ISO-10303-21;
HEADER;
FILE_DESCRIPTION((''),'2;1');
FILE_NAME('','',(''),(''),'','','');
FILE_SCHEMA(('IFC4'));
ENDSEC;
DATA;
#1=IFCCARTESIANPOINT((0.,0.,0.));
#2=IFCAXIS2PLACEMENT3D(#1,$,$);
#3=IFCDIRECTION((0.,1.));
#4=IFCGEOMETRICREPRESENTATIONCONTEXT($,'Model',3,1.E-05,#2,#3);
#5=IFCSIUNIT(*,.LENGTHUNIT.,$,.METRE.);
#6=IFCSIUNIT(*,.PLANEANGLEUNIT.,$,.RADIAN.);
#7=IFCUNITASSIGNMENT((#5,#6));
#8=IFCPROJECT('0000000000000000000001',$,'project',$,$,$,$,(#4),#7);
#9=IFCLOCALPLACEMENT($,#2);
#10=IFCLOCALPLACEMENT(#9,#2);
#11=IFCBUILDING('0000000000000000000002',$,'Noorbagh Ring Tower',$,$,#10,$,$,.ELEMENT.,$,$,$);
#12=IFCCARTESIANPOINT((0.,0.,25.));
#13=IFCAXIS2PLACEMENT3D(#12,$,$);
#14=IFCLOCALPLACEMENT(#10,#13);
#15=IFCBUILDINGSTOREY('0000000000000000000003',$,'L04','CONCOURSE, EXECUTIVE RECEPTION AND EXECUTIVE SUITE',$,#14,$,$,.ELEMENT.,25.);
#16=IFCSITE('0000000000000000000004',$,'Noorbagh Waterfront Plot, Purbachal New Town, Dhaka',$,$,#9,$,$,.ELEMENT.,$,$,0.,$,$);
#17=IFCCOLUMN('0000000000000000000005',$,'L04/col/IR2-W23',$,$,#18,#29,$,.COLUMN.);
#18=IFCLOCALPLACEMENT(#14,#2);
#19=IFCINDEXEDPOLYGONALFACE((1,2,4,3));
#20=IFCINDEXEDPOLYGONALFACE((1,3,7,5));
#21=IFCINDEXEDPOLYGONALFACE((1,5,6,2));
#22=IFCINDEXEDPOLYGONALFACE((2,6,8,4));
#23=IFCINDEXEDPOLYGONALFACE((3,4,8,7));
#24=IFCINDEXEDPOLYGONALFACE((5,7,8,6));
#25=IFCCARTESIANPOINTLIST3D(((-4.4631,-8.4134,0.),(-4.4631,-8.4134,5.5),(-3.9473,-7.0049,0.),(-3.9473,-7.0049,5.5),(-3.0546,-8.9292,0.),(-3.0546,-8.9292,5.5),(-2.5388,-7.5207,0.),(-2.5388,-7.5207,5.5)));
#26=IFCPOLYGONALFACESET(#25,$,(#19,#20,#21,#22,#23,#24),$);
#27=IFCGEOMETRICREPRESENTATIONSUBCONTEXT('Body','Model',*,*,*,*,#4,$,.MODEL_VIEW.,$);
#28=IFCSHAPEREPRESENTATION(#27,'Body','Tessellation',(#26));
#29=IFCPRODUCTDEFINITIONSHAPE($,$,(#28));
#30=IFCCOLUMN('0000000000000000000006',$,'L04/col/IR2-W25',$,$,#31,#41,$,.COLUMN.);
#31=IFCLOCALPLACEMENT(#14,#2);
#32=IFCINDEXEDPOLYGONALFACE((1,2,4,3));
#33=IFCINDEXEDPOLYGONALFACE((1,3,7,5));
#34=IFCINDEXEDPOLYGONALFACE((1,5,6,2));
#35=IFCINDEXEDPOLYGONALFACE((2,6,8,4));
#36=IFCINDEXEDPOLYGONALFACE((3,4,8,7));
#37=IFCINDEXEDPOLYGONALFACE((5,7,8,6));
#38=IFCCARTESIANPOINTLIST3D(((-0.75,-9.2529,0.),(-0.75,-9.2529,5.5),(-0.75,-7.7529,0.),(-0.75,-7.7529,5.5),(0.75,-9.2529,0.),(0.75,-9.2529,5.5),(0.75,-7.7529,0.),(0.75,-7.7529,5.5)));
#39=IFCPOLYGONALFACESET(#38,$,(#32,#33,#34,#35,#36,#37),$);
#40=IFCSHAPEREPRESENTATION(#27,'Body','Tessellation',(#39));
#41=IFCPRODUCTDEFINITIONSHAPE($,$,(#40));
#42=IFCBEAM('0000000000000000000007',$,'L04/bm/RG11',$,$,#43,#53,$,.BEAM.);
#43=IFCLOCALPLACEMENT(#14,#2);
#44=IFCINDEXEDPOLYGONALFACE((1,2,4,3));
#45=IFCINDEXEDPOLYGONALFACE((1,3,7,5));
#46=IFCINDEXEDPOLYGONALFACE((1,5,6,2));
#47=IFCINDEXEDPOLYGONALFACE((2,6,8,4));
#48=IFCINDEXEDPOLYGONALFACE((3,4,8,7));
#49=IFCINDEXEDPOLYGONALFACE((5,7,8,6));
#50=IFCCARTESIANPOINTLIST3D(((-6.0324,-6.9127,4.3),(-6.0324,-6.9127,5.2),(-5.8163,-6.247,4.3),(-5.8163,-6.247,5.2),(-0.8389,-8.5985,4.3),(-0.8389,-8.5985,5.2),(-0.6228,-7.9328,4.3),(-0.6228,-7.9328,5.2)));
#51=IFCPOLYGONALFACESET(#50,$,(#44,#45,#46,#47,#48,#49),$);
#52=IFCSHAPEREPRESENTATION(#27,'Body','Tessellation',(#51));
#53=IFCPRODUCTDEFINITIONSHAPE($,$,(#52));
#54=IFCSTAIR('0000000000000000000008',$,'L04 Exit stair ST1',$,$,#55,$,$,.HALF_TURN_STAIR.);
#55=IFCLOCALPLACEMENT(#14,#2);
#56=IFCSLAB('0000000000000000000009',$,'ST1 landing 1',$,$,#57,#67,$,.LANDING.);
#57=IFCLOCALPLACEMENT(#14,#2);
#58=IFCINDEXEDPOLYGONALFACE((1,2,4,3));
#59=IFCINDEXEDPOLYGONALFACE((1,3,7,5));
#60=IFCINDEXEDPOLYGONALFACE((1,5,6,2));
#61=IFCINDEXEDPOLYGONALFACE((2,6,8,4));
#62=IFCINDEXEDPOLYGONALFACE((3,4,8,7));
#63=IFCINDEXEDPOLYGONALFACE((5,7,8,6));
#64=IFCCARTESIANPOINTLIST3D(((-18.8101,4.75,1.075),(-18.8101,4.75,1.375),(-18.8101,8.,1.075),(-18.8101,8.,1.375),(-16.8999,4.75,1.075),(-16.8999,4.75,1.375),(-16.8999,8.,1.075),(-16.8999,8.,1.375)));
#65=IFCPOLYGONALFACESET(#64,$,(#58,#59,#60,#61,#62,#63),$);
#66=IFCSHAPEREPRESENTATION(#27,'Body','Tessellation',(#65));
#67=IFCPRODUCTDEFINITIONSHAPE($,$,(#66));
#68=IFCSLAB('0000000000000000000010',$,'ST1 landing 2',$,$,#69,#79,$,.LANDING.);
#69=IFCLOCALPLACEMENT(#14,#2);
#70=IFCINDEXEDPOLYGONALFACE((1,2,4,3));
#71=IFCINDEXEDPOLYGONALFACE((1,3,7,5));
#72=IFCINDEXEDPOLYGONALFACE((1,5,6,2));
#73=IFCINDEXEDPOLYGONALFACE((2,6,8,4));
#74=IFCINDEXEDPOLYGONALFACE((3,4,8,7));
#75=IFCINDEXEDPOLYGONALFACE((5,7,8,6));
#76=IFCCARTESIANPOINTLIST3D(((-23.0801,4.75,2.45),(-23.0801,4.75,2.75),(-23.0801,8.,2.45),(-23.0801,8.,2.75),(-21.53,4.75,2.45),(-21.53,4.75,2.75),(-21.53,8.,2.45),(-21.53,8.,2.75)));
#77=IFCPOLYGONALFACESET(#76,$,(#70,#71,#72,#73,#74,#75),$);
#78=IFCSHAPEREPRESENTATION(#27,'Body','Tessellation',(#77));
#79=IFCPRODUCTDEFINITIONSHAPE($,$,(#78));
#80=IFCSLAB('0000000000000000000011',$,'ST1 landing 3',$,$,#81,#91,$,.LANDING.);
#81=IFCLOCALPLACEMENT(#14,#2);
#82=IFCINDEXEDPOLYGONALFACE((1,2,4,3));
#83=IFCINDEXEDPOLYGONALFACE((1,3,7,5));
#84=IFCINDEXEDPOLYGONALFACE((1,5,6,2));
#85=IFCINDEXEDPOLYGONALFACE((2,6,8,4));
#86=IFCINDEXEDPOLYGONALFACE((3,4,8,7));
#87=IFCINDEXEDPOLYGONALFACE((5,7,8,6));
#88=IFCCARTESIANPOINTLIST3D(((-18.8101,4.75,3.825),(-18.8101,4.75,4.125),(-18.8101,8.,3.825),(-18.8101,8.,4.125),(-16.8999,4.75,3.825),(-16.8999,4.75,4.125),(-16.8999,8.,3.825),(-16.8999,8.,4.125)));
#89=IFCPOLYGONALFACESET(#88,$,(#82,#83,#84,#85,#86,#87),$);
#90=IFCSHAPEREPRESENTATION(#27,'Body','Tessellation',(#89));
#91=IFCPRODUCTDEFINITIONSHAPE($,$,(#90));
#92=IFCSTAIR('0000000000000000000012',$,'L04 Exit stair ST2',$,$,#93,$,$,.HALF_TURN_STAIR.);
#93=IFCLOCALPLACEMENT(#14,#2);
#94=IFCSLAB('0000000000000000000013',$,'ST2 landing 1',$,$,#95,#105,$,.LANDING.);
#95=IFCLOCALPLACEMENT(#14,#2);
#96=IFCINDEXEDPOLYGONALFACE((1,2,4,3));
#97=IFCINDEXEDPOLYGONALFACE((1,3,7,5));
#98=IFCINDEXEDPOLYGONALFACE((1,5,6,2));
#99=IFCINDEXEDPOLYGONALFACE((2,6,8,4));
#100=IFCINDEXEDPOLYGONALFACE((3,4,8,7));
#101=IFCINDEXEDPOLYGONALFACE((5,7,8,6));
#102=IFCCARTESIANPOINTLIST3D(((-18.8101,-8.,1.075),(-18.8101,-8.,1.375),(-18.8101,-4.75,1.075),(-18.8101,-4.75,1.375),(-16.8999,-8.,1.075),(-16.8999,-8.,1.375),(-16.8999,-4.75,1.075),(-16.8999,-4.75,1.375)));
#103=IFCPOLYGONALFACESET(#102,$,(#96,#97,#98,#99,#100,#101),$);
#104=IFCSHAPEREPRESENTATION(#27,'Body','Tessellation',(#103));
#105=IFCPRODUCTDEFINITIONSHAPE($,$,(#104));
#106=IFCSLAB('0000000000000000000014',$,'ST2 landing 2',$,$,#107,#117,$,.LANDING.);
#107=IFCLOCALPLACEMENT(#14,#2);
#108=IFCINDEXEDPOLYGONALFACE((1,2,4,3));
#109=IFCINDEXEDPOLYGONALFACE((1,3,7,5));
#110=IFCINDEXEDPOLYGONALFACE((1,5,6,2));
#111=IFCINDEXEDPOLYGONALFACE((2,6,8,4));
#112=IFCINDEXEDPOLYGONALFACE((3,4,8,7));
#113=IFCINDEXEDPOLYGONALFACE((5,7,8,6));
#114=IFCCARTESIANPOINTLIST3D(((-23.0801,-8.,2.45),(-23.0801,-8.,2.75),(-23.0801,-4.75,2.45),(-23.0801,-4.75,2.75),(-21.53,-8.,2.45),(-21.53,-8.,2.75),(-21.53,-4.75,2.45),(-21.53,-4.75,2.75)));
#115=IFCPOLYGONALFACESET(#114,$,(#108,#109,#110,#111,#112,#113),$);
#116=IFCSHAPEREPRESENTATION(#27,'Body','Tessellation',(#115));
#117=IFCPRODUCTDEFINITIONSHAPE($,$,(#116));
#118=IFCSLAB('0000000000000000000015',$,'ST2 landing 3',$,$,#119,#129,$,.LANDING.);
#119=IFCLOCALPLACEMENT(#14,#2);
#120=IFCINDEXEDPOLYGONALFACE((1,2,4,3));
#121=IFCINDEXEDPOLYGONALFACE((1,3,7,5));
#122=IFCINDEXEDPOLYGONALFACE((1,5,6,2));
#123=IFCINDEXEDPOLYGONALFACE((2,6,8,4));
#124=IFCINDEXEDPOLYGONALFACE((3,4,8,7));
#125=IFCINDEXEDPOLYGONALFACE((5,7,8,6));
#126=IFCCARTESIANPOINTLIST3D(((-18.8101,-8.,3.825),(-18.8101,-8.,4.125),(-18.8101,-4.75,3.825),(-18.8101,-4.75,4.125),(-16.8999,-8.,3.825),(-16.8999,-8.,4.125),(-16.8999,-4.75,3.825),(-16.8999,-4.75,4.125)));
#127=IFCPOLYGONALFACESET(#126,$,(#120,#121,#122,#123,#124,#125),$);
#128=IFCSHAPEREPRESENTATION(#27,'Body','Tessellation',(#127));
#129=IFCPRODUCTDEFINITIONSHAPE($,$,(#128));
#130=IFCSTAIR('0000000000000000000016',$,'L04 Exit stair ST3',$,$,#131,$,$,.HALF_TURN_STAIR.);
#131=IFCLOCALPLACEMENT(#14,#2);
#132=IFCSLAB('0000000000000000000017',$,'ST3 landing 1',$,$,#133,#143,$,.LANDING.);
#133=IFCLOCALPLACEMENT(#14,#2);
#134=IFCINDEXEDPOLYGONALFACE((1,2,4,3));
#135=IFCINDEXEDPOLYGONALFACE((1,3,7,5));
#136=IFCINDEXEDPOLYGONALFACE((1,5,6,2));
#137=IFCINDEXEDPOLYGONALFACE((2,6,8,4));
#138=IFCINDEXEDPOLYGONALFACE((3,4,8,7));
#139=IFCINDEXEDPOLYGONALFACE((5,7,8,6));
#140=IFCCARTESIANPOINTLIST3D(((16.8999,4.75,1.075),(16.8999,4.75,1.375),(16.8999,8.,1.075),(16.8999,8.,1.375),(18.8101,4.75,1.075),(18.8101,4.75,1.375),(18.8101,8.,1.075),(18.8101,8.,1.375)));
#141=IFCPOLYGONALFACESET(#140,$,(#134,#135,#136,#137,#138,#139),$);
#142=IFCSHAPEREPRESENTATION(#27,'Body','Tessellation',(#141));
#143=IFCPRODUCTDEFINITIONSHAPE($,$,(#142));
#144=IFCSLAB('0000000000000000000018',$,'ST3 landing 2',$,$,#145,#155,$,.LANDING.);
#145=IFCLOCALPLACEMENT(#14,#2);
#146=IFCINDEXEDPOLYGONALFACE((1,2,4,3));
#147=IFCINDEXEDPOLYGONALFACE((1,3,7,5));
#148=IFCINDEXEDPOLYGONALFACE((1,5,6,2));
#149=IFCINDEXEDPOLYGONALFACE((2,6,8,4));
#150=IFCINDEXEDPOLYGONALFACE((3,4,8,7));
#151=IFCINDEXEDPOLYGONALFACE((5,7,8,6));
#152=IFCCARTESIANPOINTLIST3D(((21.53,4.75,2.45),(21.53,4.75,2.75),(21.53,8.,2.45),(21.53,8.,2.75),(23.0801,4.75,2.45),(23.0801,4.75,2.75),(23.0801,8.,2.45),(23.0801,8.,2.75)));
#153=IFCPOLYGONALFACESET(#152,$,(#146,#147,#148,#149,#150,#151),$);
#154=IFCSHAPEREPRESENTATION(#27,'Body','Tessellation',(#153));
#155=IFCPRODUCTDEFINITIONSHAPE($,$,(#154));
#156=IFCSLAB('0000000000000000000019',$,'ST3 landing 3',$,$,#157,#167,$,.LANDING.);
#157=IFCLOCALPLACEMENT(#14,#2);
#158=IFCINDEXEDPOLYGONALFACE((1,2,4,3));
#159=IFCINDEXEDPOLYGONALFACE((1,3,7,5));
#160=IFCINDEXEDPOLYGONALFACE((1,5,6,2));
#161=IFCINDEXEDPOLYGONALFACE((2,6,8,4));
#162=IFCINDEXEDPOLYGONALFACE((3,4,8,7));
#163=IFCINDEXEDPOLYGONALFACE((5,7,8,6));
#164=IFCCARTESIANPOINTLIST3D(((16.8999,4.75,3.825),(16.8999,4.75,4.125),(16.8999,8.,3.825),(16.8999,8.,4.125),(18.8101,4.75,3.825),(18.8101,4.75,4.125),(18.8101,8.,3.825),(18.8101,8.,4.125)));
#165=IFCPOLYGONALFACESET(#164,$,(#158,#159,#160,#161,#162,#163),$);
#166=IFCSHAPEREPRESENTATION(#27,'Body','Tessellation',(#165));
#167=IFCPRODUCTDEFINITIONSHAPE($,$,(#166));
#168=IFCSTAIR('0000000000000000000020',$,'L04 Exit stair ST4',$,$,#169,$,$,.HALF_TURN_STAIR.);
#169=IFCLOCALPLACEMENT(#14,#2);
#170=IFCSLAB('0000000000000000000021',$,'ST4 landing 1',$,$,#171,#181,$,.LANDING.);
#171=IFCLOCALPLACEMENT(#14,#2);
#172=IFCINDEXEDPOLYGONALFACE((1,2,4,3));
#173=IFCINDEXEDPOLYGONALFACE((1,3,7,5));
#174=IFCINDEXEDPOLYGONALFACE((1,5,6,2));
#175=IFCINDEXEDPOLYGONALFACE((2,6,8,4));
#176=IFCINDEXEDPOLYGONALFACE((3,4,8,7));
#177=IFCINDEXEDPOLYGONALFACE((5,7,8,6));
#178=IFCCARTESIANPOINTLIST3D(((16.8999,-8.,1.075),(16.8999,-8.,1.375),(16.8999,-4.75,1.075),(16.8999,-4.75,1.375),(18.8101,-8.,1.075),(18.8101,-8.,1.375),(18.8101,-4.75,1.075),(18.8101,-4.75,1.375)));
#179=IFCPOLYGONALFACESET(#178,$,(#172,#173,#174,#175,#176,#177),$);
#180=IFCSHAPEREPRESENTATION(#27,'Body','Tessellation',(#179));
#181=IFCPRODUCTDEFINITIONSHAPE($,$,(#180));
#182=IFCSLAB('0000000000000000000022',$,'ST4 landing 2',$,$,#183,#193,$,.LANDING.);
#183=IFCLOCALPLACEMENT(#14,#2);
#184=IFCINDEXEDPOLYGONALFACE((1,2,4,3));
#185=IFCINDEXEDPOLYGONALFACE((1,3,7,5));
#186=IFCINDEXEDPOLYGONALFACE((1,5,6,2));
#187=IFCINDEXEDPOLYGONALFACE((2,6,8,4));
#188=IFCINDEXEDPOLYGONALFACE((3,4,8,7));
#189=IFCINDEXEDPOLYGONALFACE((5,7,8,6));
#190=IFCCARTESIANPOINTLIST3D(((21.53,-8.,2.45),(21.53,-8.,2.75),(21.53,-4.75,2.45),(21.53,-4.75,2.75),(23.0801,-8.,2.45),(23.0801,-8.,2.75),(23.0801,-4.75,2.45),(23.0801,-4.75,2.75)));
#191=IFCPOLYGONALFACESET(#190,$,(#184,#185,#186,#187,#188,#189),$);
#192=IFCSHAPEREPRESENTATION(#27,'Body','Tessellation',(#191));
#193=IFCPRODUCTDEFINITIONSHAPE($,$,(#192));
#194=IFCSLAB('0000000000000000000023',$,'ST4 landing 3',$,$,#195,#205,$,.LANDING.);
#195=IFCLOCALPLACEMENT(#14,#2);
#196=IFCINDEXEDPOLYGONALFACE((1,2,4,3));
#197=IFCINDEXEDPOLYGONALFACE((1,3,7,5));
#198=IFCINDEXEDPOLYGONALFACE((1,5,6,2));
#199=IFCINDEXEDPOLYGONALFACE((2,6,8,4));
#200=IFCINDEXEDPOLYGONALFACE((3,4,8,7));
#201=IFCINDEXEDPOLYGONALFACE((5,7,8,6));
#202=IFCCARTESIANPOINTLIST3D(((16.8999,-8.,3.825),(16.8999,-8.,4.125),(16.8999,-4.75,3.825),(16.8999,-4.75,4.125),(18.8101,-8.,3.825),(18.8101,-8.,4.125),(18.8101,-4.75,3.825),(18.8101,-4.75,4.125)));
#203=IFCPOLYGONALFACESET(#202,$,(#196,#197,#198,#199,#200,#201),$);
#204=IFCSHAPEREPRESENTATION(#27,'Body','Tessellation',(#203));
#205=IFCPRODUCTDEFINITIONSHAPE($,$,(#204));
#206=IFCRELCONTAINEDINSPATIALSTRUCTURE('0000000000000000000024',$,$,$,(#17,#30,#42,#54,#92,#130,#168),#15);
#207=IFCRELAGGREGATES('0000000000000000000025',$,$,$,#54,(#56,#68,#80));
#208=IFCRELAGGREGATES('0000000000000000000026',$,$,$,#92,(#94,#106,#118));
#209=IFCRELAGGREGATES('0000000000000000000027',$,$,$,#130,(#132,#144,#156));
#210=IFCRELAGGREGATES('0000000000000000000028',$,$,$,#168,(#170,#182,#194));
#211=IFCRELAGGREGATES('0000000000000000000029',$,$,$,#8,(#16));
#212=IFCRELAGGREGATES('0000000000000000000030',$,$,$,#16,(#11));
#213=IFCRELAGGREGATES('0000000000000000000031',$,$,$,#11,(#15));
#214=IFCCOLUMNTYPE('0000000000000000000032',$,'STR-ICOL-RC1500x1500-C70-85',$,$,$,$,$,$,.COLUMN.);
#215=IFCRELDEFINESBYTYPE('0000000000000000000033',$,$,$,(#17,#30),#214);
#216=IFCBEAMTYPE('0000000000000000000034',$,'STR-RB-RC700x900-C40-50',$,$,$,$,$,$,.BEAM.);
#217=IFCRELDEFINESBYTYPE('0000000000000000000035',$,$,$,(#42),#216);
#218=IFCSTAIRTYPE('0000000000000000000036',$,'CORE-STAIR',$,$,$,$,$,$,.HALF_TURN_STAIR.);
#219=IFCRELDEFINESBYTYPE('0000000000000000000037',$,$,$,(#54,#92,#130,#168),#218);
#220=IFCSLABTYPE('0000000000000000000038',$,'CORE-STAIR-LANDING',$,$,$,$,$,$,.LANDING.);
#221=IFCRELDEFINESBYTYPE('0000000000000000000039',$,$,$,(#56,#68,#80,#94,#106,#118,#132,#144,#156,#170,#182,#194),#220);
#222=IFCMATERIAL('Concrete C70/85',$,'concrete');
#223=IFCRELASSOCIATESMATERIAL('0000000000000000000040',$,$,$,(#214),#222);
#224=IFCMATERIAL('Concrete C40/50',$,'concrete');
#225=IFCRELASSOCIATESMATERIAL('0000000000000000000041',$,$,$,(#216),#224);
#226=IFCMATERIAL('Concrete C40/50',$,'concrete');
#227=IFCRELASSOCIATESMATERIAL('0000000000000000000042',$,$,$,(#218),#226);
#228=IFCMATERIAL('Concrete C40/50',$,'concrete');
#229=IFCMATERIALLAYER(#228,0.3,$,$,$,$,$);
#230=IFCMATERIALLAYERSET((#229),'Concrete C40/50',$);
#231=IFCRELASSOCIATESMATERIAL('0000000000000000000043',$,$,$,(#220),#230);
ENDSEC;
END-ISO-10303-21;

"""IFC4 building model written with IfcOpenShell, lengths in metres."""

from ifc_helpers import new_model, si_unit, direction, frame, origin, origin_2d, place, context, subcontext, project, spatial, polyline, rectangle, outline, extrude, material, layer, layer_set, material_profile, profile_set, type_object, element, aggregate, save


model = new_model("IFC4")

# Units and contexts
model_context = context("Model", 3, precision=1e-05, world=origin(), true_north=direction((0.0, 1.0)))
body_context = subcontext(model_context, "Body", "Model", "MODEL_VIEW")
ifc_project = project(units=[si_unit("LENGTHUNIT", "METRE"), si_unit("PLANEANGLEUNIT", "RADIAN")], contexts=[model_context])

# Site, building, storey
site_placement = place(None, origin())
site = spatial("IfcSite", under=ifc_project, at=site_placement, Name="Noorbagh Waterfront Plot, Purbachal New Town, Dhaka", CompositionType="ELEMENT", RefElevation=0.0)
building_placement = place(site_placement, origin())
building = spatial("IfcBuilding", under=site, at=building_placement, Name="Noorbagh Ring Tower", CompositionType="ELEMENT")
storey_placement = place(building_placement, frame((0.0, 0.0, 25.0)))
storey = spatial("IfcBuildingStorey", under=building, at=storey_placement, Name="L04", Description="CONCOURSE, EXECUTIVE RECEPTION AND EXECUTIVE SUITE", CompositionType="ELEMENT", Elevation=25.0)

# Columns
ifc_material_1 = material(Name="Concrete C70/85", Category="concrete")
ifc_material_profile_1 = material_profile(ifc_material_1, rectangle(XDim=1.5, YDim=1.5, at=origin_2d()), Name="RC1500x1500")
ifc_profile_set_1 = profile_set([ifc_material_profile_1], Name="Concrete C70/85")
column_type = type_object("IfcColumnType", Name="STR-ICOL-RC1500x1500-C70-85", PredefinedType="COLUMN", material=ifc_profile_set_1)
for number, where, z_axis, x_axis, name in (
    (1, (-3.501, -7.967, 0.0), (0.0, 0.0, 1.0), (0.93902, -0.343864, 0.0), "L04/col/IR2-W23"),
    (2, (0.0, -8.5029, 0.0), (0.0, 0.0, 1.0), (1.0, 0.0, 0.0), "L04/col/IR2-W25"),
):
    element("IfcColumn", number, at=place(storey_placement, frame(where, z_axis=z_axis, x_axis=x_axis)), inside=storey, type_object=column_type, Name=name, PredefinedType="COLUMN", context=body_context, shape_type="SweptSolid", body=[
        extrude(rectangle(XDim=1.5, YDim=1.5, at=origin_2d()), origin(), (0.0, 0.0, 1.0), 5.5),
    ])

# Beam
ifc_material_2 = material(Name="Concrete C40/50", Category="concrete")
ifc_material_profile_2 = material_profile(ifc_material_2, rectangle(XDim=0.7, YDim=0.8999, at=origin_2d()), Name="RC700x900")
ifc_profile_set_2 = profile_set([ifc_material_profile_2], Name="Concrete C40/50")
beam_type = type_object("IfcBeamType", Name="STR-RB-RC700x900-C40-50", PredefinedType="BEAM", material=ifc_profile_set_2)
beam_placement = place(storey_placement, frame((-5.9243, -6.5798, 4.75), z_axis=(0.951144, -0.308746, 0.0), x_axis=(0.308746, 0.951144, 0.0)))
element("IfcBeam", 3, at=beam_placement, inside=storey, type_object=beam_type, Name="L04/bm/RG11", PredefinedType="BEAM", context=body_context, shape_type="SweptSolid", body=[
    extrude(rectangle(XDim=0.7, YDim=0.8999, at=origin_2d()), origin(), (0.0, 0.0, 1.0), 5.4602),
])

# Stairs, slabs
ifc_material_3 = material(Name="Concrete C40/50", Category="concrete")
stair_type = type_object("IfcStairType", Name="CORE-STAIR", PredefinedType="HALF_TURN_STAIR", material=ifc_material_3)
stair_1_placement = place(storey_placement, origin())
stair_1 = element("IfcStair", 4, at=stair_1_placement, inside=storey, type_object=stair_type, Name="L04 Exit stair ST1", PredefinedType="HALF_TURN_STAIR")
ifc_material_4 = material(Name="Concrete C40/50", Category="concrete")
ifc_layer_1 = layer(ifc_material_4, 0.3)
ifc_layer_set_1 = layer_set([ifc_layer_1], Name="Concrete C40/50")
slab_type_1 = type_object("IfcSlabType", Name="CORE-STAIR-LANDING", PredefinedType="LANDING", material=ifc_layer_set_1)
slab_1_placement = place(storey_placement, frame((0.0, 0.0, 1.075)))
slab_1 = element("IfcSlab", 5, at=slab_1_placement, type_object=slab_type_1, Name="ST1 landing 1", PredefinedType="LANDING", context=body_context, shape_type="SweptSolid", body=[
    extrude(outline(polyline([(-18.8101, 4.75), (-16.8999, 4.75), (-16.8999, 8.0), (-18.8101, 8.0), (-18.8101, 4.75)])), origin(), (0.0, 0.0, 1.0), 0.3),
])
slab_2_placement = place(storey_placement, frame((0.0, 0.0, 2.45)))
slab_2 = element("IfcSlab", 6, at=slab_2_placement, type_object=slab_type_1, Name="ST1 landing 2", PredefinedType="LANDING", context=body_context, shape_type="SweptSolid", body=[
    extrude(outline(polyline([(-23.0801, 4.75), (-21.53, 4.75), (-21.53, 8.0), (-23.0801, 8.0), (-23.0801, 4.75)])), origin(), (0.0, 0.0, 1.0), 0.3),
])
slab_3_placement = place(storey_placement, frame((0.0, 0.0, 3.825)))
slab_3 = element("IfcSlab", 7, at=slab_3_placement, type_object=slab_type_1, Name="ST1 landing 3", PredefinedType="LANDING", context=body_context, shape_type="SweptSolid", body=[
    extrude(outline(polyline([(-18.8101, 4.75), (-16.8999, 4.75), (-16.8999, 8.0), (-18.8101, 8.0), (-18.8101, 4.75)])), origin(), (0.0, 0.0, 1.0), 0.3),
])
aggregate(stair_1, [slab_1, slab_2, slab_3])
stair_2_placement = place(storey_placement, origin())
stair_2 = element("IfcStair", 8, at=stair_2_placement, inside=storey, type_object=stair_type, Name="L04 Exit stair ST2", PredefinedType="HALF_TURN_STAIR")
slab_4_placement = place(storey_placement, frame((0.0, 0.0, 1.075)))
slab_4 = element("IfcSlab", 9, at=slab_4_placement, type_object=slab_type_1, Name="ST2 landing 1", PredefinedType="LANDING", context=body_context, shape_type="SweptSolid", body=[
    extrude(outline(polyline([(-18.8101, -8.0), (-16.8999, -8.0), (-16.8999, -4.75), (-18.8101, -4.75), (-18.8101, -8.0)])), origin(), (0.0, 0.0, 1.0), 0.3),
])
slab_5_placement = place(storey_placement, frame((0.0, 0.0, 2.45)))
slab_5 = element("IfcSlab", 10, at=slab_5_placement, type_object=slab_type_1, Name="ST2 landing 2", PredefinedType="LANDING", context=body_context, shape_type="SweptSolid", body=[
    extrude(outline(polyline([(-23.0801, -8.0), (-21.53, -8.0), (-21.53, -4.75), (-23.0801, -4.75), (-23.0801, -8.0)])), origin(), (0.0, 0.0, 1.0), 0.3),
])
slab_6_placement = place(storey_placement, frame((0.0, 0.0, 3.825)))
slab_6 = element("IfcSlab", 11, at=slab_6_placement, type_object=slab_type_1, Name="ST2 landing 3", PredefinedType="LANDING", context=body_context, shape_type="SweptSolid", body=[
    extrude(outline(polyline([(-18.8101, -8.0), (-16.8999, -8.0), (-16.8999, -4.75), (-18.8101, -4.75), (-18.8101, -8.0)])), origin(), (0.0, 0.0, 1.0), 0.3),
])
aggregate(stair_2, [slab_4, slab_5, slab_6])
stair_3_placement = place(storey_placement, origin())
stair_3 = element("IfcStair", 12, at=stair_3_placement, inside=storey, type_object=stair_type, Name="L04 Exit stair ST3", PredefinedType="HALF_TURN_STAIR")
slab_7_placement = place(storey_placement, frame((0.0, 0.0, 1.075)))
slab_7 = element("IfcSlab", 13, at=slab_7_placement, type_object=slab_type_1, Name="ST3 landing 1", PredefinedType="LANDING", context=body_context, shape_type="SweptSolid", body=[
    extrude(outline(polyline([(18.8101, 8.0), (16.8999, 8.0), (16.8999, 4.75), (18.8101, 4.75), (18.8101, 8.0)])), origin(), (0.0, 0.0, 1.0), 0.3),
])
slab_8_placement = place(storey_placement, frame((0.0, 0.0, 2.45)))
slab_8 = element("IfcSlab", 14, at=slab_8_placement, type_object=slab_type_1, Name="ST3 landing 2", PredefinedType="LANDING", context=body_context, shape_type="SweptSolid", body=[
    extrude(outline(polyline([(23.0801, 8.0), (21.53, 8.0), (21.53, 4.75), (23.0801, 4.75), (23.0801, 8.0)])), origin(), (0.0, 0.0, 1.0), 0.3),
])
slab_9_placement = place(storey_placement, frame((0.0, 0.0, 3.825)))
slab_9 = element("IfcSlab", 15, at=slab_9_placement, type_object=slab_type_1, Name="ST3 landing 3", PredefinedType="LANDING", context=body_context, shape_type="SweptSolid", body=[
    extrude(outline(polyline([(18.8101, 8.0), (16.8999, 8.0), (16.8999, 4.75), (18.8101, 4.75), (18.8101, 8.0)])), origin(), (0.0, 0.0, 1.0), 0.3),
])
aggregate(stair_3, [slab_7, slab_8, slab_9])
stair_4_placement = place(storey_placement, origin())
stair_4 = element("IfcStair", 16, at=stair_4_placement, inside=storey, type_object=stair_type, Name="L04 Exit stair ST4", PredefinedType="HALF_TURN_STAIR")
slab_10_placement = place(storey_placement, frame((0.0, 0.0, 1.075)))
slab_10 = element("IfcSlab", 17, at=slab_10_placement, type_object=slab_type_1, Name="ST4 landing 1", PredefinedType="LANDING", context=body_context, shape_type="SweptSolid", body=[
    extrude(outline(polyline([(18.8101, -4.75), (16.8999, -4.75), (16.8999, -8.0), (18.8101, -8.0), (18.8101, -4.75)])), origin(), (0.0, 0.0, 1.0), 0.3),
])
slab_11_placement = place(storey_placement, frame((0.0, 0.0, 2.45)))
slab_11 = element("IfcSlab", 18, at=slab_11_placement, type_object=slab_type_1, Name="ST4 landing 2", PredefinedType="LANDING", context=body_context, shape_type="SweptSolid", body=[
    extrude(outline(polyline([(23.0801, -4.75), (21.53, -4.75), (21.53, -8.0), (23.0801, -8.0), (23.0801, -4.75)])), origin(), (0.0, 0.0, 1.0), 0.3),
])
slab_12_placement = place(storey_placement, frame((0.0, 0.0, 3.825)))
slab_12 = element("IfcSlab", 19, at=slab_12_placement, type_object=slab_type_1, Name="ST4 landing 3", PredefinedType="LANDING", context=body_context, shape_type="SweptSolid", body=[
    extrude(outline(polyline([(18.8101, -4.75), (16.8999, -4.75), (16.8999, -8.0), (18.8101, -8.0), (18.8101, -4.75)])), origin(), (0.0, 0.0, 1.0), 0.3),
])
aggregate(stair_4, [slab_10, slab_11, slab_12])

save(model, "model.ifc")
